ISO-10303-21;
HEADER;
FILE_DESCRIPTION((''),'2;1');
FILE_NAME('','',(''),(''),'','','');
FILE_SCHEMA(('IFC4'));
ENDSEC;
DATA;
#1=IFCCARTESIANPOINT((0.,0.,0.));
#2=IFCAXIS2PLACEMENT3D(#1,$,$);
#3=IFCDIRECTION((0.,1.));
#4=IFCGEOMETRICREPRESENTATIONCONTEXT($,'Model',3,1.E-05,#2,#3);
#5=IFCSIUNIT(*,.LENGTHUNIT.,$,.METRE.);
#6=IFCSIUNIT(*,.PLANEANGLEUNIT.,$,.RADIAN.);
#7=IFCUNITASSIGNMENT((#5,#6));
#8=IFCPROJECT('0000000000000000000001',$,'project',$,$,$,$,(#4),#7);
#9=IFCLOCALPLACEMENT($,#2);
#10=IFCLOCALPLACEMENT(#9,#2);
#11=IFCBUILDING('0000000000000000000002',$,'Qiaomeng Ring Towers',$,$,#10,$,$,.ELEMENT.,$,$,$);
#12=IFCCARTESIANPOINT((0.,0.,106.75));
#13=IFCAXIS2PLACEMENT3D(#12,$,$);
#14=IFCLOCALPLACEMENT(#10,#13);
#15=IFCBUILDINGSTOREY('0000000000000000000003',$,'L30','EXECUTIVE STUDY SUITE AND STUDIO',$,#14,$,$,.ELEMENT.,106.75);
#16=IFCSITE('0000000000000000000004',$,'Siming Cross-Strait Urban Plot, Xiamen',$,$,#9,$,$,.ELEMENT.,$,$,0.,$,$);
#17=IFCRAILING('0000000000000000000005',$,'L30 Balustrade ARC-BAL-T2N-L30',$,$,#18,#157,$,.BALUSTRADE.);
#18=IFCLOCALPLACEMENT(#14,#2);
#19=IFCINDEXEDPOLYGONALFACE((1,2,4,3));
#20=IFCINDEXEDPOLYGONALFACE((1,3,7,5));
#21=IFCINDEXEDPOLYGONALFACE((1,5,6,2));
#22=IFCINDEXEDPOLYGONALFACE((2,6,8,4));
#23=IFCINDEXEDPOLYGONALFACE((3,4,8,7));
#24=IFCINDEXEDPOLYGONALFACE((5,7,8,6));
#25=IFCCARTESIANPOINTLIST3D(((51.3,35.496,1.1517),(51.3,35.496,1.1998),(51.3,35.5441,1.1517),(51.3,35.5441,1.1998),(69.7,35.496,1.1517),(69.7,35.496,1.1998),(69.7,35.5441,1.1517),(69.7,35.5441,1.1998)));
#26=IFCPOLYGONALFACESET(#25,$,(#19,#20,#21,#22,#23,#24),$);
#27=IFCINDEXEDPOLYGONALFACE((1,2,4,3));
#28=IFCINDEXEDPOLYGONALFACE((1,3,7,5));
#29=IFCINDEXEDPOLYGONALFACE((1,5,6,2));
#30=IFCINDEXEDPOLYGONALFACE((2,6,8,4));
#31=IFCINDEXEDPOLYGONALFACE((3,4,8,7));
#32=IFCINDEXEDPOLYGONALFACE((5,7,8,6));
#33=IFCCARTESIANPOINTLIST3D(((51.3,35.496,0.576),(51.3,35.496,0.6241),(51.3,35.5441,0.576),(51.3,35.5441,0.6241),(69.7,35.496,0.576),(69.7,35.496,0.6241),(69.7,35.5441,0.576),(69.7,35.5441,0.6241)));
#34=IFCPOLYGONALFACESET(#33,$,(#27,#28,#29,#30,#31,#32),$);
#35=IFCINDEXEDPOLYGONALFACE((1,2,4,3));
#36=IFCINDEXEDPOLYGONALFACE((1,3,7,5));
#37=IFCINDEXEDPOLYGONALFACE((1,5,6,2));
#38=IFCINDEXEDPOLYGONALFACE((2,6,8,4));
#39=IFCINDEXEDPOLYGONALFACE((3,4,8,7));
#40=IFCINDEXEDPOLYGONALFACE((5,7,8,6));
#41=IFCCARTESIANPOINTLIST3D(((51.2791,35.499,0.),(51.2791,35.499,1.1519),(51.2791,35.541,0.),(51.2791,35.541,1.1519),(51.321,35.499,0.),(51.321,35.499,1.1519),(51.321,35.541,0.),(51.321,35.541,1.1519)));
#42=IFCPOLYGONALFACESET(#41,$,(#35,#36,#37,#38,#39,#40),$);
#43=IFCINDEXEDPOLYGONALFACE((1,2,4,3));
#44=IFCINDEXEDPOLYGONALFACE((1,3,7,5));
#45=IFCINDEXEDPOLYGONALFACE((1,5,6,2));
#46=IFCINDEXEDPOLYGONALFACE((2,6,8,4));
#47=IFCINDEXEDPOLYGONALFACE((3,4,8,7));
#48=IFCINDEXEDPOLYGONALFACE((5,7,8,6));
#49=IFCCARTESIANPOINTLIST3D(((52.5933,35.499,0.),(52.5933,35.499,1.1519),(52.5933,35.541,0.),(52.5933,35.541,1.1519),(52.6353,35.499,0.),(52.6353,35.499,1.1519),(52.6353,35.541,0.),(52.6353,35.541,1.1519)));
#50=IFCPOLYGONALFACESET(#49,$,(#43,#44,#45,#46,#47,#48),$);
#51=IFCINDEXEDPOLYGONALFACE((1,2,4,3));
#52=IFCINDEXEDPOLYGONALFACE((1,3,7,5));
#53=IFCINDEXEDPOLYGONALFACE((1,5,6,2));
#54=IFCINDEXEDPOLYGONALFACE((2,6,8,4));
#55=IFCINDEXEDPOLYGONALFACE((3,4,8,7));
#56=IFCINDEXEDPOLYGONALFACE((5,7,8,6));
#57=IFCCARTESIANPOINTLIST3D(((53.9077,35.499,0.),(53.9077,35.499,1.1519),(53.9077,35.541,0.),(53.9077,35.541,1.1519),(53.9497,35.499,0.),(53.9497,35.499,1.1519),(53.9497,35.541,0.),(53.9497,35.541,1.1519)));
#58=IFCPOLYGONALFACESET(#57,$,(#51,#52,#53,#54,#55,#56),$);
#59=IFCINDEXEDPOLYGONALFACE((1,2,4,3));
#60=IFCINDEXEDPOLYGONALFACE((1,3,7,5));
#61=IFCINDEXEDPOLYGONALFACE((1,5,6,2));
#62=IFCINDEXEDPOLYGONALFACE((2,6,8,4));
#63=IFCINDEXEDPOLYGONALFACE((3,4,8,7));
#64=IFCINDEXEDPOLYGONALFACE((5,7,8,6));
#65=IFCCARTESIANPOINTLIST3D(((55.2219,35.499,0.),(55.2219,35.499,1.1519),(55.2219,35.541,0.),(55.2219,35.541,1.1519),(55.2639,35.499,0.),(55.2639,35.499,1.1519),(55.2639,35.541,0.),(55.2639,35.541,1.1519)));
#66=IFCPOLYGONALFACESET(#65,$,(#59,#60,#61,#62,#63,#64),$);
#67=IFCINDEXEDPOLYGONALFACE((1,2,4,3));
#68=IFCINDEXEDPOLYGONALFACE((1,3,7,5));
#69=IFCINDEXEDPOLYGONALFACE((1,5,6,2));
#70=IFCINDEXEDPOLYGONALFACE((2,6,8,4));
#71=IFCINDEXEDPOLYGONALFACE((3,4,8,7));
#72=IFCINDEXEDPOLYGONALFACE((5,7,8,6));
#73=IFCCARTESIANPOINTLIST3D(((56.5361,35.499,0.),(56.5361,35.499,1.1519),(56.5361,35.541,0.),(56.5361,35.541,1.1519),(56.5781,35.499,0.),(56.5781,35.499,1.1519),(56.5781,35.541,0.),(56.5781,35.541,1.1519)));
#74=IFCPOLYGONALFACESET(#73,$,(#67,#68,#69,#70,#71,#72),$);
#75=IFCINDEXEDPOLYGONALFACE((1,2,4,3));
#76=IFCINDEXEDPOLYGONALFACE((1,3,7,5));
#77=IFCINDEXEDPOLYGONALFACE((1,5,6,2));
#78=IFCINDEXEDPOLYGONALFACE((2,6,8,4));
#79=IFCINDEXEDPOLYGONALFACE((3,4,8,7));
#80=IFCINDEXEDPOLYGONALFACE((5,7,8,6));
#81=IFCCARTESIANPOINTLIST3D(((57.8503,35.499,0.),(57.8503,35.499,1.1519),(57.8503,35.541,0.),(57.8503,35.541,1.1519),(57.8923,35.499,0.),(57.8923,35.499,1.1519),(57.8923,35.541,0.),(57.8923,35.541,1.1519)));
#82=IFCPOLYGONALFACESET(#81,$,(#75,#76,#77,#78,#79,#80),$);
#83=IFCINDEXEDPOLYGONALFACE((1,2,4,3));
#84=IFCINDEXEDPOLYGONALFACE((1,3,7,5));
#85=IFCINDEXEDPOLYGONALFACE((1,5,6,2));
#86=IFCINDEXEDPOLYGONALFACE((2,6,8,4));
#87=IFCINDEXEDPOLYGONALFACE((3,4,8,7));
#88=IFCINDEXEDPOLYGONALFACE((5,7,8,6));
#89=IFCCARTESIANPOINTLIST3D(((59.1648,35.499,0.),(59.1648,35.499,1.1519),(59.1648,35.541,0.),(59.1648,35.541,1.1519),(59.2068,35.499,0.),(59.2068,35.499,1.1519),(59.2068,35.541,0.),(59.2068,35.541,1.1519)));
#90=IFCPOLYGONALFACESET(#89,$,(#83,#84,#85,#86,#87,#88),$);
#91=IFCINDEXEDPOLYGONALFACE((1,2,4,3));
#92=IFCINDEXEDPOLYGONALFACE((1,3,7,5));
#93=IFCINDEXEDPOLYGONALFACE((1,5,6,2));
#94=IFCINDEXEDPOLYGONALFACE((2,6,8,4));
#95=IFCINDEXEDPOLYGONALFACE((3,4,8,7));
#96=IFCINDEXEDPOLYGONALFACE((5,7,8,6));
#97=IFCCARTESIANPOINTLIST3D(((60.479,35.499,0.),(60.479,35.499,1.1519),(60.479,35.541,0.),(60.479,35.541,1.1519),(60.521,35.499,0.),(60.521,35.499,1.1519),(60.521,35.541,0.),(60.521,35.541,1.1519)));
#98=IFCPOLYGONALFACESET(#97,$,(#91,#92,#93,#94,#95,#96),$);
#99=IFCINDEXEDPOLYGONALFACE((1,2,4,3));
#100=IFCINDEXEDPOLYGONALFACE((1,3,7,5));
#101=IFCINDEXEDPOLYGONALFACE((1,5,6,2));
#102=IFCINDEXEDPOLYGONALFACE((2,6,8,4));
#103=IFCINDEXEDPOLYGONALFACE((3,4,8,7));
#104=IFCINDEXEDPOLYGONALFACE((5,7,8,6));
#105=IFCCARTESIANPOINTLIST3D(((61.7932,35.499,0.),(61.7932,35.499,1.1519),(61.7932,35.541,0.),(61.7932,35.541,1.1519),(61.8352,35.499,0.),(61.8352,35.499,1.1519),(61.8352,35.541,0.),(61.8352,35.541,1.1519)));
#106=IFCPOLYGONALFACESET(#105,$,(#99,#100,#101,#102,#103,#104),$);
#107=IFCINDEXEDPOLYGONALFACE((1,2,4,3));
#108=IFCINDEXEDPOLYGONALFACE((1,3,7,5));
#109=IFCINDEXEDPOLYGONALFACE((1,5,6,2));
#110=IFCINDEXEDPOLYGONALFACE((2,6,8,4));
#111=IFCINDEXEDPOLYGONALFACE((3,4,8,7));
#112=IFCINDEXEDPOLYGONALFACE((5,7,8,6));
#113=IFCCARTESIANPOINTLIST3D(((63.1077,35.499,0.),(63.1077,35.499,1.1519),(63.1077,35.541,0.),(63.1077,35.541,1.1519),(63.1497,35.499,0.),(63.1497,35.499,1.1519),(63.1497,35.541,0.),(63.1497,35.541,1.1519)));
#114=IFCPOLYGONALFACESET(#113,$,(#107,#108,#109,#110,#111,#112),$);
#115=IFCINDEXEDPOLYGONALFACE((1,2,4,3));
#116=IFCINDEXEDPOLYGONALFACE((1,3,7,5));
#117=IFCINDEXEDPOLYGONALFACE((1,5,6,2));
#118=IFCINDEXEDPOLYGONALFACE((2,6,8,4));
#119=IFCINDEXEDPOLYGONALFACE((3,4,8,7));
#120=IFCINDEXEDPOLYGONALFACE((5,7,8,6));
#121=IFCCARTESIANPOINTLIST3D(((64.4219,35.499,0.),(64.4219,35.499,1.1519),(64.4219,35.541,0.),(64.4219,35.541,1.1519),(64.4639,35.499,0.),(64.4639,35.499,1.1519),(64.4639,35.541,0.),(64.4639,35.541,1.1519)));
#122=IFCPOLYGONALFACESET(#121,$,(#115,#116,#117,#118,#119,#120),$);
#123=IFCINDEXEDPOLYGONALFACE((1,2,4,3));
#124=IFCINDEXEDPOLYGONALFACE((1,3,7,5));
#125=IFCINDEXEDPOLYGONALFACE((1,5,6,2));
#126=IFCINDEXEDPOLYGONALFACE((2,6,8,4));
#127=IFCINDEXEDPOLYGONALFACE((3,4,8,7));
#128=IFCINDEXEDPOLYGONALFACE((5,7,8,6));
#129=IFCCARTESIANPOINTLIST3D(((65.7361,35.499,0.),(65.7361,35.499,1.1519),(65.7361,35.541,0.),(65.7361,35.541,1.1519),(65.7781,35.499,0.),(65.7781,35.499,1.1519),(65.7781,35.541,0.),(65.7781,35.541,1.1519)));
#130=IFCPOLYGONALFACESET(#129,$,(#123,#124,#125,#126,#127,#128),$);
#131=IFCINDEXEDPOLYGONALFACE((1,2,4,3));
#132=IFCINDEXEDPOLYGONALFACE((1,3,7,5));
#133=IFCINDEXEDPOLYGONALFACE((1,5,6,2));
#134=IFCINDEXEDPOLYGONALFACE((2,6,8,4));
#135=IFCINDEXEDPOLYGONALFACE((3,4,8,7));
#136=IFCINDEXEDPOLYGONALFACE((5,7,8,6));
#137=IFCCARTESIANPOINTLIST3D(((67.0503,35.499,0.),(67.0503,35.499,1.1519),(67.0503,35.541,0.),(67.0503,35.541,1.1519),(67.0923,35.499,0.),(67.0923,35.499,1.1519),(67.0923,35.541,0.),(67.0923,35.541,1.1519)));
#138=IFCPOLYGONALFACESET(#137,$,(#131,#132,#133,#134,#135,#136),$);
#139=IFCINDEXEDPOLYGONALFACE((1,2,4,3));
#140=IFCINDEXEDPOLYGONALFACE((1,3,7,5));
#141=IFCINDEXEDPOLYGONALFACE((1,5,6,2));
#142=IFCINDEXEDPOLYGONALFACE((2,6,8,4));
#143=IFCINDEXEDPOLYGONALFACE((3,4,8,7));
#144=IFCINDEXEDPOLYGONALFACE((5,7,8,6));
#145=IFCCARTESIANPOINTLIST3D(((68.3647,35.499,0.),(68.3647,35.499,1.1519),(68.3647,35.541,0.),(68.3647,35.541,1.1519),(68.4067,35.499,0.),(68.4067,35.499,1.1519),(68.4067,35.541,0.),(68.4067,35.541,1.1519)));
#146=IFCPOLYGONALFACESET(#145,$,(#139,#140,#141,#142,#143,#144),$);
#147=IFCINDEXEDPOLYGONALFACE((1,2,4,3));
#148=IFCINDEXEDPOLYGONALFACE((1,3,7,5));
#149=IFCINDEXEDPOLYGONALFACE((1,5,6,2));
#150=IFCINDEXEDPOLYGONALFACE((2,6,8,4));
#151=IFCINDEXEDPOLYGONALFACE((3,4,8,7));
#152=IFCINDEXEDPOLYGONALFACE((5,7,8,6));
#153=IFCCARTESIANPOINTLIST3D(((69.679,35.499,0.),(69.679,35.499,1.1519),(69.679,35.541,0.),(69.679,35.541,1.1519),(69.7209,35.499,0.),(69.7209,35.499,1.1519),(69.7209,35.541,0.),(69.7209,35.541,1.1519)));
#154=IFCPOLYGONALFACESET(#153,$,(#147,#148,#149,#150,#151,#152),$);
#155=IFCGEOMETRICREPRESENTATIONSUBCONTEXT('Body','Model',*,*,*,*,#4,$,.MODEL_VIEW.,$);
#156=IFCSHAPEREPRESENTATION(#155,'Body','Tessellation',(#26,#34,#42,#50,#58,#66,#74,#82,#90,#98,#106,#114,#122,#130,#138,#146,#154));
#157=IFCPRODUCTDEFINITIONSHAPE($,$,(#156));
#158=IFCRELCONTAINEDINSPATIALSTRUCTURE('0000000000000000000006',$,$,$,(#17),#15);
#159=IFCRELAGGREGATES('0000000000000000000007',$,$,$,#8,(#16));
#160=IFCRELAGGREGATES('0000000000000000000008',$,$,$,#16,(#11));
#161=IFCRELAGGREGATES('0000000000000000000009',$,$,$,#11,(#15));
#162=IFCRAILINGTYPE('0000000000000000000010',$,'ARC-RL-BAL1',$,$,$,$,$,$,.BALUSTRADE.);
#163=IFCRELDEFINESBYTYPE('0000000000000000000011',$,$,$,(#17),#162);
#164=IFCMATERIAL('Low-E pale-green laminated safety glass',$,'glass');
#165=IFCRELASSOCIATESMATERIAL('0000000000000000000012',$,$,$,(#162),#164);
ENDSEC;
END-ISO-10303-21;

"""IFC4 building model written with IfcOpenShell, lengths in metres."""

from ifc_helpers import new_model, si_unit, direction, frame, origin, origin_2d, place, context, subcontext, project, spatial, rectangle, extrude, material, type_object, element, save


model = new_model("IFC4")

# Units and contexts
model_context = context("Model", 3, precision=1e-05, world=origin(), true_north=direction((0.0, 1.0)))
body_context = subcontext(model_context, "Body", "Model", "MODEL_VIEW")
ifc_project = project(units=[si_unit("LENGTHUNIT", "METRE"), si_unit("PLANEANGLEUNIT", "RADIAN")], contexts=[model_context])

# Site, building, storey
site_placement = place(None, origin())
site = spatial("IfcSite", under=ifc_project, at=site_placement, Name="Siming Cross-Strait Urban Plot, Xiamen", CompositionType="ELEMENT", RefElevation=0.0)
building_placement = place(site_placement, origin())
building = spatial("IfcBuilding", under=site, at=building_placement, Name="Qiaomeng Ring Towers", CompositionType="ELEMENT")
storey_placement = place(building_placement, frame((0.0, 0.0, 106.75)))
storey = spatial("IfcBuildingStorey", under=building, at=storey_placement, Name="L30", Description="EXECUTIVE STUDY SUITE AND STUDIO", CompositionType="ELEMENT", Elevation=106.75)

# Railing
ifc_material_1 = material(Name="Low-E pale-green laminated safety glass", Category="glass")
railing_type = type_object("IfcRailingType", Name="ARC-RL-BAL1", PredefinedType="BALUSTRADE", material=ifc_material_1)
railing_1_placement = place(storey_placement, frame((51.3, 35.52, 0.0)))
element("IfcRailing", 1, at=railing_1_placement, inside=storey, type_object=railing_type, Name="L30 Balustrade ARC-BAL-T2N-L30", PredefinedType="BALUSTRADE", context=body_context, shape_type="SweptSolid", body=[
    extrude(rectangle(XDim=0.0481, YDim=0.0481, at=origin_2d()), frame((0.0, 0.0, 1.1758), z_axis=(1.0, 0.0, 0.0), x_axis=(0.0, 1.0, 0.0)), (0.0, 0.0, 1.0), 18.3999),
    extrude(rectangle(XDim=0.0481, YDim=0.0481, at=origin_2d()), frame((0.0, 0.0, 0.6001), z_axis=(1.0, 0.0, 0.0), x_axis=(0.0, 1.0, 0.0)), (0.0, 0.0, 1.0), 18.3999),
    extrude(rectangle(XDim=0.042, YDim=0.042, at=origin_2d()), origin(), (0.0, 0.0, 1.0), 1.1519),
    extrude(rectangle(XDim=0.042, YDim=0.042, at=origin_2d()), frame((1.3142, 0.0, 0.0)), (0.0, 0.0, 1.0), 1.1519),
    extrude(rectangle(XDim=0.042, YDim=0.042, at=origin_2d()), frame((2.6287, 0.0, 0.0)), (0.0, 0.0, 1.0), 1.1519),
    extrude(rectangle(XDim=0.042, YDim=0.042, at=origin_2d()), frame((3.9429, 0.0, 0.0)), (0.0, 0.0, 1.0), 1.1519),
    extrude(rectangle(XDim=0.042, YDim=0.042, at=origin_2d()), frame((5.2571, 0.0, 0.0)), (0.0, 0.0, 1.0), 1.1519),
    extrude(rectangle(XDim=0.042, YDim=0.042, at=origin_2d()), frame((6.5713, 0.0, 0.0)), (0.0, 0.0, 1.0), 1.1519),
    extrude(rectangle(XDim=0.042, YDim=0.042, at=origin_2d()), frame((7.8857, 0.0, 0.0)), (0.0, 0.0, 1.0), 1.1519),
    extrude(rectangle(XDim=0.042, YDim=0.042, at=origin_2d()), frame((9.2, 0.0, 0.0)), (0.0, 0.0, 1.0), 1.1519),
    extrude(rectangle(XDim=0.042, YDim=0.042, at=origin_2d()), frame((10.5142, 0.0, 0.0)), (0.0, 0.0, 1.0), 1.1519),
    extrude(rectangle(XDim=0.042, YDim=0.042, at=origin_2d()), frame((11.8286, 0.0, 0.0)), (0.0, 0.0, 1.0), 1.1519),
    extrude(rectangle(XDim=0.042, YDim=0.042, at=origin_2d()), frame((13.1428, 0.0, 0.0)), (0.0, 0.0, 1.0), 1.1519),
    extrude(rectangle(XDim=0.042, YDim=0.042, at=origin_2d()), frame((14.457, 0.0, 0.0)), (0.0, 0.0, 1.0), 1.1519),
    extrude(rectangle(XDim=0.042, YDim=0.042, at=origin_2d()), frame((15.7712, 0.0, 0.0)), (0.0, 0.0, 1.0), 1.1519),
    extrude(rectangle(XDim=0.042, YDim=0.042, at=origin_2d()), frame((17.0857, 0.0, 0.0)), (0.0, 0.0, 1.0), 1.1519),
    extrude(rectangle(XDim=0.042, YDim=0.042, at=origin_2d()), frame((18.3999, 0.0, 0.0)), (0.0, 0.0, 1.0), 1.1519),
])

save(model, "model.ifc")
